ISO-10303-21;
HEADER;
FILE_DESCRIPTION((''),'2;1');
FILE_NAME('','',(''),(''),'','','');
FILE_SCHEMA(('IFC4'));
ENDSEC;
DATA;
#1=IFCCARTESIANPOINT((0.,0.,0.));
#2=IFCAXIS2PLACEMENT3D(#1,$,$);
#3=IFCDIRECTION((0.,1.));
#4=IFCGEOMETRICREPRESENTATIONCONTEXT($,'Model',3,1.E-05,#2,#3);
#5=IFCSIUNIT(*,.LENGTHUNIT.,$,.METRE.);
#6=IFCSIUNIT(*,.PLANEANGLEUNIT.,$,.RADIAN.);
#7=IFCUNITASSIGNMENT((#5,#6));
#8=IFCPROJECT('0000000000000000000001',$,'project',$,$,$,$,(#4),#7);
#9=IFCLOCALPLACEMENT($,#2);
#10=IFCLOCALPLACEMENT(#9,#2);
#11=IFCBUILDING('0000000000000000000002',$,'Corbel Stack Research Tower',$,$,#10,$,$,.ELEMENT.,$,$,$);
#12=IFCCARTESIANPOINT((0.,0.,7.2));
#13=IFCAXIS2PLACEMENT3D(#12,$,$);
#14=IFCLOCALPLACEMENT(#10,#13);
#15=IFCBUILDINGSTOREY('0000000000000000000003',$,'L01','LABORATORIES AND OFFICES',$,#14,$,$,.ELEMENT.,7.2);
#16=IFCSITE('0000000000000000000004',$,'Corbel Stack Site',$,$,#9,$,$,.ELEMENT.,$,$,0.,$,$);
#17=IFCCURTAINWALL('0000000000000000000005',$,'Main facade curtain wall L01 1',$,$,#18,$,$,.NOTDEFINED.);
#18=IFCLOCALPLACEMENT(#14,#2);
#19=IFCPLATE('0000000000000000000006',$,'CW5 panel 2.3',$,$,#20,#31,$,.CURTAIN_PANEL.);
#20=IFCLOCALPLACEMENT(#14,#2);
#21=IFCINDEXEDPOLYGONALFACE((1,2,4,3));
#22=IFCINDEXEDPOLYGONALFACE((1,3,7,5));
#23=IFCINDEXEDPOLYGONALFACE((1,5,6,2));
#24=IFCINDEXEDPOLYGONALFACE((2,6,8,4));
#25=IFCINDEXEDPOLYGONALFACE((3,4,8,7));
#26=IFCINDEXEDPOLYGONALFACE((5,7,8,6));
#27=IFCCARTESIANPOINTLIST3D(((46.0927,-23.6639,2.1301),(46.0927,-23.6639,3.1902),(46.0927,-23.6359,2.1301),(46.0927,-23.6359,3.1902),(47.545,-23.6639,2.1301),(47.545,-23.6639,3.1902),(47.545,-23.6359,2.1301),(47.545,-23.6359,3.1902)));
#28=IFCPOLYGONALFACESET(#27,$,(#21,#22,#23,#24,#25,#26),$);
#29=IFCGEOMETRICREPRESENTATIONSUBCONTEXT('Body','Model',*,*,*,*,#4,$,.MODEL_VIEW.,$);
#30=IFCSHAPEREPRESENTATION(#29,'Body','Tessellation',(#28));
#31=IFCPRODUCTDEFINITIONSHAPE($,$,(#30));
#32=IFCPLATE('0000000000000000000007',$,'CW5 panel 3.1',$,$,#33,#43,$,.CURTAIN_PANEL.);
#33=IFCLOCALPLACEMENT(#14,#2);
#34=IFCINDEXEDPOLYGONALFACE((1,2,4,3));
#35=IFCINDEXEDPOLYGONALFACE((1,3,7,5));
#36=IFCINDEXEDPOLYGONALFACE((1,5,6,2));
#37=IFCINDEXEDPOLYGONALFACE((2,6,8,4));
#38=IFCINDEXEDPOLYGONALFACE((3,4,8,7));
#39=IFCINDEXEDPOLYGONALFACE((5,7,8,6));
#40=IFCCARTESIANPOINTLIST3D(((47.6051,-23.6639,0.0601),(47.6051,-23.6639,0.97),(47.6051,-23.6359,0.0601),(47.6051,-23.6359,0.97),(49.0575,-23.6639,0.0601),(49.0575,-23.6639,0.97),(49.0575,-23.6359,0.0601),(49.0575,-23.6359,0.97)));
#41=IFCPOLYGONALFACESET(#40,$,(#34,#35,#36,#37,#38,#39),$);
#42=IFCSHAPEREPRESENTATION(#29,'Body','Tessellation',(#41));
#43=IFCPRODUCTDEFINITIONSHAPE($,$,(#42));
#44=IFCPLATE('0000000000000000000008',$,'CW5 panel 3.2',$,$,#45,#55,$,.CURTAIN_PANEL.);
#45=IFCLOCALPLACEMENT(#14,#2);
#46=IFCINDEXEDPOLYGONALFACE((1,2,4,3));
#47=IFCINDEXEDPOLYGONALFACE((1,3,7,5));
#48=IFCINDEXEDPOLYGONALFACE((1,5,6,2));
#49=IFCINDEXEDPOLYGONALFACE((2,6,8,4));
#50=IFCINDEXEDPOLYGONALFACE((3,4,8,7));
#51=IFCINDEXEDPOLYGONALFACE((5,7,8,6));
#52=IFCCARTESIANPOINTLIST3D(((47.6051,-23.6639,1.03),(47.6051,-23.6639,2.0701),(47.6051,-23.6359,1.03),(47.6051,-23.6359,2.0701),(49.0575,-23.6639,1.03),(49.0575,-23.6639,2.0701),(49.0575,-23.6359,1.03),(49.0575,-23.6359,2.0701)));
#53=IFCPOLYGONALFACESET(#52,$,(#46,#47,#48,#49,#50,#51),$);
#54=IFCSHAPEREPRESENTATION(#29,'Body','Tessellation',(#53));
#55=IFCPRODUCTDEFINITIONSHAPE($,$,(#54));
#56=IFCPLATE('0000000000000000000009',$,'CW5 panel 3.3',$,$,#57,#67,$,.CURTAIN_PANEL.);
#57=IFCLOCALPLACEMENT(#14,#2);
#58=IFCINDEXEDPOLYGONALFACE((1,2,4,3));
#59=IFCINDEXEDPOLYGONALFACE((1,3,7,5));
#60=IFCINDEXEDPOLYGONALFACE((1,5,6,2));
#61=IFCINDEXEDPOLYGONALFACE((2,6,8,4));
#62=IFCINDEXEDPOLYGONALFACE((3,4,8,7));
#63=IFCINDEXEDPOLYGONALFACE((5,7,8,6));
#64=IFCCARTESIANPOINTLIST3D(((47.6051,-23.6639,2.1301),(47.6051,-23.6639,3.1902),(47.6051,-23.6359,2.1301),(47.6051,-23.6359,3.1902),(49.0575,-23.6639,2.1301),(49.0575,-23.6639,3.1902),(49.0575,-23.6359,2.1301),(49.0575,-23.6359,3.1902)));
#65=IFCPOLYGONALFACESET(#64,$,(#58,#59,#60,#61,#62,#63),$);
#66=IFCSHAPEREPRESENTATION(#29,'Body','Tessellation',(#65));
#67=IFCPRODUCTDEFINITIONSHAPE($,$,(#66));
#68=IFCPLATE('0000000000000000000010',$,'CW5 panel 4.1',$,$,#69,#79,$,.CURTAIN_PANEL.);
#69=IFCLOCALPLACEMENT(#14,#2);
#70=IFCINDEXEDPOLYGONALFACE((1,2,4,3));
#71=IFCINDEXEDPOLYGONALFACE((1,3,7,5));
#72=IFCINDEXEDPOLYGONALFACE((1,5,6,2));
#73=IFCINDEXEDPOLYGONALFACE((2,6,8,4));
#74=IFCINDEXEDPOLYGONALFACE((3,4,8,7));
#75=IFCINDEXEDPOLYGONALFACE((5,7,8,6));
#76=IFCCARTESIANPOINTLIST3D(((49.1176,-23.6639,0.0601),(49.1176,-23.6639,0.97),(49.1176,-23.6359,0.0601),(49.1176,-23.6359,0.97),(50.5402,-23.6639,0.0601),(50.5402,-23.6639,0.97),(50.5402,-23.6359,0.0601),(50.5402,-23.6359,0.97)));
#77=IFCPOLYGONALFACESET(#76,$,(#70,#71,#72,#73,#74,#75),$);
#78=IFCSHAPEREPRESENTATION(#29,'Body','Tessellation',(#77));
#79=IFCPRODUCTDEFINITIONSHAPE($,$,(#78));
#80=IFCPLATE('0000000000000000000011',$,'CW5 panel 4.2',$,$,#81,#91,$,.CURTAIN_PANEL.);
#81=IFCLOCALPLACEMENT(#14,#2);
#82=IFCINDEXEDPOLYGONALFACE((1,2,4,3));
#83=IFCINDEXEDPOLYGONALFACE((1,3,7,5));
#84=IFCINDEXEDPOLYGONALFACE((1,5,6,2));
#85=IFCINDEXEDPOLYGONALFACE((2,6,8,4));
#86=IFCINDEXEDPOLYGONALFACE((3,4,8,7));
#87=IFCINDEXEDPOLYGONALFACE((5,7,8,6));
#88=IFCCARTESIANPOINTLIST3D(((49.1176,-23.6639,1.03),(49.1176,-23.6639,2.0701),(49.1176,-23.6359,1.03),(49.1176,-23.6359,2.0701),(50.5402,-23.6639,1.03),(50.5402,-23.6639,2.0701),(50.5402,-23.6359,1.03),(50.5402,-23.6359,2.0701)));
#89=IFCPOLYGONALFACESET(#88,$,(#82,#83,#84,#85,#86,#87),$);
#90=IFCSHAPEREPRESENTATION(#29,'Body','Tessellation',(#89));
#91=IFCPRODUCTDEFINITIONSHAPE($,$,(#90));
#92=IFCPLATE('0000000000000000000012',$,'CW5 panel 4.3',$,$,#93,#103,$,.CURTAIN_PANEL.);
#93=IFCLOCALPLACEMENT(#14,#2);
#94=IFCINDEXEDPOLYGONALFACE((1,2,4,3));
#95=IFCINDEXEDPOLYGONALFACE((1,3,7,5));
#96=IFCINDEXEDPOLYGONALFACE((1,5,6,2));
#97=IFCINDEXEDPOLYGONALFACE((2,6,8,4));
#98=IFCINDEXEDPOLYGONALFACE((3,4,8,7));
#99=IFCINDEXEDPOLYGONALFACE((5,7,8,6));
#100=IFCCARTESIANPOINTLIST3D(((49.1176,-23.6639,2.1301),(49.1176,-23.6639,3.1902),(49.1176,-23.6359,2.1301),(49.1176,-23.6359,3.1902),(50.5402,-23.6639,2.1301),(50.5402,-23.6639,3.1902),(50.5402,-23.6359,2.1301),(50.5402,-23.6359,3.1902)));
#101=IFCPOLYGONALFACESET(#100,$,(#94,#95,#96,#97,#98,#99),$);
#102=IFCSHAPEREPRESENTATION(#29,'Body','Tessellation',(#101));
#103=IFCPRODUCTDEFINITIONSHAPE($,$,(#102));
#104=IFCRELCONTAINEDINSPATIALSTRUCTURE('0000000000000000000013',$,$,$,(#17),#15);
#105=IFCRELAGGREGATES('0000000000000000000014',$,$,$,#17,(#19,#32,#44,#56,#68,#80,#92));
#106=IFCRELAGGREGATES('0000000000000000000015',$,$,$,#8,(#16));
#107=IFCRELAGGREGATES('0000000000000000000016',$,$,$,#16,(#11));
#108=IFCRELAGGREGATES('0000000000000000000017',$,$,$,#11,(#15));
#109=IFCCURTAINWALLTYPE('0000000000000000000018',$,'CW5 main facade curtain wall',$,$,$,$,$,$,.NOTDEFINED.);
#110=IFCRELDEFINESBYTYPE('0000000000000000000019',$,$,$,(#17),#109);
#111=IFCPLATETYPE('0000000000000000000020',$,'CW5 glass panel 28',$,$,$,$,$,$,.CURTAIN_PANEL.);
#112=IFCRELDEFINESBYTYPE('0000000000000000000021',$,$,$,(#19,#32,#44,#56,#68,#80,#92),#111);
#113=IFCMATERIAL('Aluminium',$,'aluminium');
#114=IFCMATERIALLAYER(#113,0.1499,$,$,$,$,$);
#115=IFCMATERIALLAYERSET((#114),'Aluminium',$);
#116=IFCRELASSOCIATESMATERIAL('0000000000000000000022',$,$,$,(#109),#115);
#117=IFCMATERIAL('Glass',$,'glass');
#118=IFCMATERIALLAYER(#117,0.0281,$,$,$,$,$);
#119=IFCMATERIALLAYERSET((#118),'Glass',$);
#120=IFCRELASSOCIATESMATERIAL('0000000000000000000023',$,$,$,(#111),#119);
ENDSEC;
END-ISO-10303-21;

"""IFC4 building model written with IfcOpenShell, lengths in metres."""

from ifc_helpers import new_model, si_unit, direction, frame, origin, origin_2d, place, context, subcontext, project, spatial, rectangle, extrude, material, layer, layer_set, type_object, element, aggregate, save


model = new_model("IFC4")

# Units and contexts
model_context = context("Model", 3, precision=1e-05, world=origin(), true_north=direction((0.0, 1.0)))
body_context = subcontext(model_context, "Body", "Model", "MODEL_VIEW")
ifc_project = project(units=[si_unit("LENGTHUNIT", "METRE"), si_unit("PLANEANGLEUNIT", "RADIAN")], contexts=[model_context])

# Site, building, storey
site_placement = place(None, origin())
site = spatial("IfcSite", under=ifc_project, at=site_placement, Name="Corbel Stack Site", CompositionType="ELEMENT", RefElevation=0.0)
building_placement = place(site_placement, origin())
building = spatial("IfcBuilding", under=site, at=building_placement, Name="Corbel Stack Research Tower", CompositionType="ELEMENT")
storey_placement = place(building_placement, frame((0.0, 0.0, 7.2)))
storey = spatial("IfcBuildingStorey", under=building, at=storey_placement, Name="L01", Description="LABORATORIES AND OFFICES", CompositionType="ELEMENT", Elevation=7.2)

# Curtain wall
ifc_material_1 = material(Name="Aluminium", Category="aluminium")
ifc_layer_1 = layer(ifc_material_1, 0.1499)
ifc_layer_set_1 = layer_set([ifc_layer_1], Name="Aluminium")
curtain_wall_type = type_object("IfcCurtainWallType", Name="CW5 main facade curtain wall", PredefinedType="NOTDEFINED", material=ifc_layer_set_1)
curtain_wall_placement = place(storey_placement, origin())
curtain_wall = element("IfcCurtainWall", 1, at=curtain_wall_placement, inside=storey, type_object=curtain_wall_type, Name="Main facade curtain wall L01 1", PredefinedType="NOTDEFINED")

# Plates
ifc_material_2 = material(Name="Glass", Category="glass")
ifc_layer_2 = layer(ifc_material_2, 0.0281)
ifc_layer_set_2 = layer_set([ifc_layer_2], Name="Glass")
plate_type = type_object("IfcPlateType", Name="CW5 glass panel 28", PredefinedType="CURTAIN_PANEL", material=ifc_layer_set_2)
plate_1_placement = place(storey_placement, frame((46.8188, -23.6499, 2.1301), z_axis=(0.0, 0.0, 1.0), x_axis=(1.0, 0.0, 0.0)))
plate_1 = element("IfcPlate", 2, at=plate_1_placement, type_object=plate_type, Name="CW5 panel 2.3", PredefinedType="CURTAIN_PANEL", context=body_context, shape_type="SweptSolid", body=[
    extrude(rectangle(XDim=1.4524, YDim=0.0281, at=origin_2d()), origin(), (0.0, 0.0, 1.0), 1.0601),
])
plate_2_placement = place(storey_placement, frame((48.3313, -23.6499, 0.0601), z_axis=(0.0, 0.0, 1.0), x_axis=(1.0, 0.0, 0.0)))
plate_2 = element("IfcPlate", 3, at=plate_2_placement, type_object=plate_type, Name="CW5 panel 3.1", PredefinedType="CURTAIN_PANEL", context=body_context, shape_type="SweptSolid", body=[
    extrude(rectangle(XDim=1.4524, YDim=0.0281, at=origin_2d()), origin(), (0.0, 0.0, 1.0), 0.9099),
])
plate_3_placement = place(storey_placement, frame((48.3313, -23.6499, 1.03), z_axis=(0.0, 0.0, 1.0), x_axis=(1.0, 0.0, 0.0)))
plate_3 = element("IfcPlate", 4, at=plate_3_placement, type_object=plate_type, Name="CW5 panel 3.2", PredefinedType="CURTAIN_PANEL", context=body_context, shape_type="SweptSolid", body=[
    extrude(rectangle(XDim=1.4524, YDim=0.0281, at=origin_2d()), origin(), (0.0, 0.0, 1.0), 1.04),
])
plate_4_placement = place(storey_placement, frame((48.3313, -23.6499, 2.1301), z_axis=(0.0, 0.0, 1.0), x_axis=(1.0, 0.0, 0.0)))
plate_4 = element("IfcPlate", 5, at=plate_4_placement, type_object=plate_type, Name="CW5 panel 3.3", PredefinedType="CURTAIN_PANEL", context=body_context, shape_type="SweptSolid", body=[
    extrude(rectangle(XDim=1.4524, YDim=0.0281, at=origin_2d()), origin(), (0.0, 0.0, 1.0), 1.0601),
])
plate_5_placement = place(storey_placement, frame((49.8289, -23.6499, 0.0601), z_axis=(0.0, 0.0, 1.0), x_axis=(1.0, 0.0, 0.0)))
plate_5 = element("IfcPlate", 6, at=plate_5_placement, type_object=plate_type, Name="CW5 panel 4.1", PredefinedType="CURTAIN_PANEL", context=body_context, shape_type="SweptSolid", body=[
    extrude(rectangle(XDim=1.4226, YDim=0.0281, at=origin_2d()), origin(), (0.0, 0.0, 1.0), 0.9099),
])
plate_6_placement = place(storey_placement, frame((49.8289, -23.6499, 1.03), z_axis=(0.0, 0.0, 1.0), x_axis=(1.0, 0.0, 0.0)))
plate_6 = element("IfcPlate", 7, at=plate_6_placement, type_object=plate_type, Name="CW5 panel 4.2", PredefinedType="CURTAIN_PANEL", context=body_context, shape_type="SweptSolid", body=[
    extrude(rectangle(XDim=1.4226, YDim=0.0281, at=origin_2d()), origin(), (0.0, 0.0, 1.0), 1.04),
])
plate_7_placement = place(storey_placement, frame((49.8289, -23.6499, 2.1301), z_axis=(0.0, 0.0, 1.0), x_axis=(1.0, 0.0, 0.0)))
plate_7 = element("IfcPlate", 8, at=plate_7_placement, type_object=plate_type, Name="CW5 panel 4.3", PredefinedType="CURTAIN_PANEL", context=body_context, shape_type="SweptSolid", body=[
    extrude(rectangle(XDim=1.4226, YDim=0.0281, at=origin_2d()), origin(), (0.0, 0.0, 1.0), 1.0601),
])
aggregate(curtain_wall, [plate_1, plate_2, plate_3, plate_4, plate_5, plate_6, plate_7])

save(model, "model.ifc")
